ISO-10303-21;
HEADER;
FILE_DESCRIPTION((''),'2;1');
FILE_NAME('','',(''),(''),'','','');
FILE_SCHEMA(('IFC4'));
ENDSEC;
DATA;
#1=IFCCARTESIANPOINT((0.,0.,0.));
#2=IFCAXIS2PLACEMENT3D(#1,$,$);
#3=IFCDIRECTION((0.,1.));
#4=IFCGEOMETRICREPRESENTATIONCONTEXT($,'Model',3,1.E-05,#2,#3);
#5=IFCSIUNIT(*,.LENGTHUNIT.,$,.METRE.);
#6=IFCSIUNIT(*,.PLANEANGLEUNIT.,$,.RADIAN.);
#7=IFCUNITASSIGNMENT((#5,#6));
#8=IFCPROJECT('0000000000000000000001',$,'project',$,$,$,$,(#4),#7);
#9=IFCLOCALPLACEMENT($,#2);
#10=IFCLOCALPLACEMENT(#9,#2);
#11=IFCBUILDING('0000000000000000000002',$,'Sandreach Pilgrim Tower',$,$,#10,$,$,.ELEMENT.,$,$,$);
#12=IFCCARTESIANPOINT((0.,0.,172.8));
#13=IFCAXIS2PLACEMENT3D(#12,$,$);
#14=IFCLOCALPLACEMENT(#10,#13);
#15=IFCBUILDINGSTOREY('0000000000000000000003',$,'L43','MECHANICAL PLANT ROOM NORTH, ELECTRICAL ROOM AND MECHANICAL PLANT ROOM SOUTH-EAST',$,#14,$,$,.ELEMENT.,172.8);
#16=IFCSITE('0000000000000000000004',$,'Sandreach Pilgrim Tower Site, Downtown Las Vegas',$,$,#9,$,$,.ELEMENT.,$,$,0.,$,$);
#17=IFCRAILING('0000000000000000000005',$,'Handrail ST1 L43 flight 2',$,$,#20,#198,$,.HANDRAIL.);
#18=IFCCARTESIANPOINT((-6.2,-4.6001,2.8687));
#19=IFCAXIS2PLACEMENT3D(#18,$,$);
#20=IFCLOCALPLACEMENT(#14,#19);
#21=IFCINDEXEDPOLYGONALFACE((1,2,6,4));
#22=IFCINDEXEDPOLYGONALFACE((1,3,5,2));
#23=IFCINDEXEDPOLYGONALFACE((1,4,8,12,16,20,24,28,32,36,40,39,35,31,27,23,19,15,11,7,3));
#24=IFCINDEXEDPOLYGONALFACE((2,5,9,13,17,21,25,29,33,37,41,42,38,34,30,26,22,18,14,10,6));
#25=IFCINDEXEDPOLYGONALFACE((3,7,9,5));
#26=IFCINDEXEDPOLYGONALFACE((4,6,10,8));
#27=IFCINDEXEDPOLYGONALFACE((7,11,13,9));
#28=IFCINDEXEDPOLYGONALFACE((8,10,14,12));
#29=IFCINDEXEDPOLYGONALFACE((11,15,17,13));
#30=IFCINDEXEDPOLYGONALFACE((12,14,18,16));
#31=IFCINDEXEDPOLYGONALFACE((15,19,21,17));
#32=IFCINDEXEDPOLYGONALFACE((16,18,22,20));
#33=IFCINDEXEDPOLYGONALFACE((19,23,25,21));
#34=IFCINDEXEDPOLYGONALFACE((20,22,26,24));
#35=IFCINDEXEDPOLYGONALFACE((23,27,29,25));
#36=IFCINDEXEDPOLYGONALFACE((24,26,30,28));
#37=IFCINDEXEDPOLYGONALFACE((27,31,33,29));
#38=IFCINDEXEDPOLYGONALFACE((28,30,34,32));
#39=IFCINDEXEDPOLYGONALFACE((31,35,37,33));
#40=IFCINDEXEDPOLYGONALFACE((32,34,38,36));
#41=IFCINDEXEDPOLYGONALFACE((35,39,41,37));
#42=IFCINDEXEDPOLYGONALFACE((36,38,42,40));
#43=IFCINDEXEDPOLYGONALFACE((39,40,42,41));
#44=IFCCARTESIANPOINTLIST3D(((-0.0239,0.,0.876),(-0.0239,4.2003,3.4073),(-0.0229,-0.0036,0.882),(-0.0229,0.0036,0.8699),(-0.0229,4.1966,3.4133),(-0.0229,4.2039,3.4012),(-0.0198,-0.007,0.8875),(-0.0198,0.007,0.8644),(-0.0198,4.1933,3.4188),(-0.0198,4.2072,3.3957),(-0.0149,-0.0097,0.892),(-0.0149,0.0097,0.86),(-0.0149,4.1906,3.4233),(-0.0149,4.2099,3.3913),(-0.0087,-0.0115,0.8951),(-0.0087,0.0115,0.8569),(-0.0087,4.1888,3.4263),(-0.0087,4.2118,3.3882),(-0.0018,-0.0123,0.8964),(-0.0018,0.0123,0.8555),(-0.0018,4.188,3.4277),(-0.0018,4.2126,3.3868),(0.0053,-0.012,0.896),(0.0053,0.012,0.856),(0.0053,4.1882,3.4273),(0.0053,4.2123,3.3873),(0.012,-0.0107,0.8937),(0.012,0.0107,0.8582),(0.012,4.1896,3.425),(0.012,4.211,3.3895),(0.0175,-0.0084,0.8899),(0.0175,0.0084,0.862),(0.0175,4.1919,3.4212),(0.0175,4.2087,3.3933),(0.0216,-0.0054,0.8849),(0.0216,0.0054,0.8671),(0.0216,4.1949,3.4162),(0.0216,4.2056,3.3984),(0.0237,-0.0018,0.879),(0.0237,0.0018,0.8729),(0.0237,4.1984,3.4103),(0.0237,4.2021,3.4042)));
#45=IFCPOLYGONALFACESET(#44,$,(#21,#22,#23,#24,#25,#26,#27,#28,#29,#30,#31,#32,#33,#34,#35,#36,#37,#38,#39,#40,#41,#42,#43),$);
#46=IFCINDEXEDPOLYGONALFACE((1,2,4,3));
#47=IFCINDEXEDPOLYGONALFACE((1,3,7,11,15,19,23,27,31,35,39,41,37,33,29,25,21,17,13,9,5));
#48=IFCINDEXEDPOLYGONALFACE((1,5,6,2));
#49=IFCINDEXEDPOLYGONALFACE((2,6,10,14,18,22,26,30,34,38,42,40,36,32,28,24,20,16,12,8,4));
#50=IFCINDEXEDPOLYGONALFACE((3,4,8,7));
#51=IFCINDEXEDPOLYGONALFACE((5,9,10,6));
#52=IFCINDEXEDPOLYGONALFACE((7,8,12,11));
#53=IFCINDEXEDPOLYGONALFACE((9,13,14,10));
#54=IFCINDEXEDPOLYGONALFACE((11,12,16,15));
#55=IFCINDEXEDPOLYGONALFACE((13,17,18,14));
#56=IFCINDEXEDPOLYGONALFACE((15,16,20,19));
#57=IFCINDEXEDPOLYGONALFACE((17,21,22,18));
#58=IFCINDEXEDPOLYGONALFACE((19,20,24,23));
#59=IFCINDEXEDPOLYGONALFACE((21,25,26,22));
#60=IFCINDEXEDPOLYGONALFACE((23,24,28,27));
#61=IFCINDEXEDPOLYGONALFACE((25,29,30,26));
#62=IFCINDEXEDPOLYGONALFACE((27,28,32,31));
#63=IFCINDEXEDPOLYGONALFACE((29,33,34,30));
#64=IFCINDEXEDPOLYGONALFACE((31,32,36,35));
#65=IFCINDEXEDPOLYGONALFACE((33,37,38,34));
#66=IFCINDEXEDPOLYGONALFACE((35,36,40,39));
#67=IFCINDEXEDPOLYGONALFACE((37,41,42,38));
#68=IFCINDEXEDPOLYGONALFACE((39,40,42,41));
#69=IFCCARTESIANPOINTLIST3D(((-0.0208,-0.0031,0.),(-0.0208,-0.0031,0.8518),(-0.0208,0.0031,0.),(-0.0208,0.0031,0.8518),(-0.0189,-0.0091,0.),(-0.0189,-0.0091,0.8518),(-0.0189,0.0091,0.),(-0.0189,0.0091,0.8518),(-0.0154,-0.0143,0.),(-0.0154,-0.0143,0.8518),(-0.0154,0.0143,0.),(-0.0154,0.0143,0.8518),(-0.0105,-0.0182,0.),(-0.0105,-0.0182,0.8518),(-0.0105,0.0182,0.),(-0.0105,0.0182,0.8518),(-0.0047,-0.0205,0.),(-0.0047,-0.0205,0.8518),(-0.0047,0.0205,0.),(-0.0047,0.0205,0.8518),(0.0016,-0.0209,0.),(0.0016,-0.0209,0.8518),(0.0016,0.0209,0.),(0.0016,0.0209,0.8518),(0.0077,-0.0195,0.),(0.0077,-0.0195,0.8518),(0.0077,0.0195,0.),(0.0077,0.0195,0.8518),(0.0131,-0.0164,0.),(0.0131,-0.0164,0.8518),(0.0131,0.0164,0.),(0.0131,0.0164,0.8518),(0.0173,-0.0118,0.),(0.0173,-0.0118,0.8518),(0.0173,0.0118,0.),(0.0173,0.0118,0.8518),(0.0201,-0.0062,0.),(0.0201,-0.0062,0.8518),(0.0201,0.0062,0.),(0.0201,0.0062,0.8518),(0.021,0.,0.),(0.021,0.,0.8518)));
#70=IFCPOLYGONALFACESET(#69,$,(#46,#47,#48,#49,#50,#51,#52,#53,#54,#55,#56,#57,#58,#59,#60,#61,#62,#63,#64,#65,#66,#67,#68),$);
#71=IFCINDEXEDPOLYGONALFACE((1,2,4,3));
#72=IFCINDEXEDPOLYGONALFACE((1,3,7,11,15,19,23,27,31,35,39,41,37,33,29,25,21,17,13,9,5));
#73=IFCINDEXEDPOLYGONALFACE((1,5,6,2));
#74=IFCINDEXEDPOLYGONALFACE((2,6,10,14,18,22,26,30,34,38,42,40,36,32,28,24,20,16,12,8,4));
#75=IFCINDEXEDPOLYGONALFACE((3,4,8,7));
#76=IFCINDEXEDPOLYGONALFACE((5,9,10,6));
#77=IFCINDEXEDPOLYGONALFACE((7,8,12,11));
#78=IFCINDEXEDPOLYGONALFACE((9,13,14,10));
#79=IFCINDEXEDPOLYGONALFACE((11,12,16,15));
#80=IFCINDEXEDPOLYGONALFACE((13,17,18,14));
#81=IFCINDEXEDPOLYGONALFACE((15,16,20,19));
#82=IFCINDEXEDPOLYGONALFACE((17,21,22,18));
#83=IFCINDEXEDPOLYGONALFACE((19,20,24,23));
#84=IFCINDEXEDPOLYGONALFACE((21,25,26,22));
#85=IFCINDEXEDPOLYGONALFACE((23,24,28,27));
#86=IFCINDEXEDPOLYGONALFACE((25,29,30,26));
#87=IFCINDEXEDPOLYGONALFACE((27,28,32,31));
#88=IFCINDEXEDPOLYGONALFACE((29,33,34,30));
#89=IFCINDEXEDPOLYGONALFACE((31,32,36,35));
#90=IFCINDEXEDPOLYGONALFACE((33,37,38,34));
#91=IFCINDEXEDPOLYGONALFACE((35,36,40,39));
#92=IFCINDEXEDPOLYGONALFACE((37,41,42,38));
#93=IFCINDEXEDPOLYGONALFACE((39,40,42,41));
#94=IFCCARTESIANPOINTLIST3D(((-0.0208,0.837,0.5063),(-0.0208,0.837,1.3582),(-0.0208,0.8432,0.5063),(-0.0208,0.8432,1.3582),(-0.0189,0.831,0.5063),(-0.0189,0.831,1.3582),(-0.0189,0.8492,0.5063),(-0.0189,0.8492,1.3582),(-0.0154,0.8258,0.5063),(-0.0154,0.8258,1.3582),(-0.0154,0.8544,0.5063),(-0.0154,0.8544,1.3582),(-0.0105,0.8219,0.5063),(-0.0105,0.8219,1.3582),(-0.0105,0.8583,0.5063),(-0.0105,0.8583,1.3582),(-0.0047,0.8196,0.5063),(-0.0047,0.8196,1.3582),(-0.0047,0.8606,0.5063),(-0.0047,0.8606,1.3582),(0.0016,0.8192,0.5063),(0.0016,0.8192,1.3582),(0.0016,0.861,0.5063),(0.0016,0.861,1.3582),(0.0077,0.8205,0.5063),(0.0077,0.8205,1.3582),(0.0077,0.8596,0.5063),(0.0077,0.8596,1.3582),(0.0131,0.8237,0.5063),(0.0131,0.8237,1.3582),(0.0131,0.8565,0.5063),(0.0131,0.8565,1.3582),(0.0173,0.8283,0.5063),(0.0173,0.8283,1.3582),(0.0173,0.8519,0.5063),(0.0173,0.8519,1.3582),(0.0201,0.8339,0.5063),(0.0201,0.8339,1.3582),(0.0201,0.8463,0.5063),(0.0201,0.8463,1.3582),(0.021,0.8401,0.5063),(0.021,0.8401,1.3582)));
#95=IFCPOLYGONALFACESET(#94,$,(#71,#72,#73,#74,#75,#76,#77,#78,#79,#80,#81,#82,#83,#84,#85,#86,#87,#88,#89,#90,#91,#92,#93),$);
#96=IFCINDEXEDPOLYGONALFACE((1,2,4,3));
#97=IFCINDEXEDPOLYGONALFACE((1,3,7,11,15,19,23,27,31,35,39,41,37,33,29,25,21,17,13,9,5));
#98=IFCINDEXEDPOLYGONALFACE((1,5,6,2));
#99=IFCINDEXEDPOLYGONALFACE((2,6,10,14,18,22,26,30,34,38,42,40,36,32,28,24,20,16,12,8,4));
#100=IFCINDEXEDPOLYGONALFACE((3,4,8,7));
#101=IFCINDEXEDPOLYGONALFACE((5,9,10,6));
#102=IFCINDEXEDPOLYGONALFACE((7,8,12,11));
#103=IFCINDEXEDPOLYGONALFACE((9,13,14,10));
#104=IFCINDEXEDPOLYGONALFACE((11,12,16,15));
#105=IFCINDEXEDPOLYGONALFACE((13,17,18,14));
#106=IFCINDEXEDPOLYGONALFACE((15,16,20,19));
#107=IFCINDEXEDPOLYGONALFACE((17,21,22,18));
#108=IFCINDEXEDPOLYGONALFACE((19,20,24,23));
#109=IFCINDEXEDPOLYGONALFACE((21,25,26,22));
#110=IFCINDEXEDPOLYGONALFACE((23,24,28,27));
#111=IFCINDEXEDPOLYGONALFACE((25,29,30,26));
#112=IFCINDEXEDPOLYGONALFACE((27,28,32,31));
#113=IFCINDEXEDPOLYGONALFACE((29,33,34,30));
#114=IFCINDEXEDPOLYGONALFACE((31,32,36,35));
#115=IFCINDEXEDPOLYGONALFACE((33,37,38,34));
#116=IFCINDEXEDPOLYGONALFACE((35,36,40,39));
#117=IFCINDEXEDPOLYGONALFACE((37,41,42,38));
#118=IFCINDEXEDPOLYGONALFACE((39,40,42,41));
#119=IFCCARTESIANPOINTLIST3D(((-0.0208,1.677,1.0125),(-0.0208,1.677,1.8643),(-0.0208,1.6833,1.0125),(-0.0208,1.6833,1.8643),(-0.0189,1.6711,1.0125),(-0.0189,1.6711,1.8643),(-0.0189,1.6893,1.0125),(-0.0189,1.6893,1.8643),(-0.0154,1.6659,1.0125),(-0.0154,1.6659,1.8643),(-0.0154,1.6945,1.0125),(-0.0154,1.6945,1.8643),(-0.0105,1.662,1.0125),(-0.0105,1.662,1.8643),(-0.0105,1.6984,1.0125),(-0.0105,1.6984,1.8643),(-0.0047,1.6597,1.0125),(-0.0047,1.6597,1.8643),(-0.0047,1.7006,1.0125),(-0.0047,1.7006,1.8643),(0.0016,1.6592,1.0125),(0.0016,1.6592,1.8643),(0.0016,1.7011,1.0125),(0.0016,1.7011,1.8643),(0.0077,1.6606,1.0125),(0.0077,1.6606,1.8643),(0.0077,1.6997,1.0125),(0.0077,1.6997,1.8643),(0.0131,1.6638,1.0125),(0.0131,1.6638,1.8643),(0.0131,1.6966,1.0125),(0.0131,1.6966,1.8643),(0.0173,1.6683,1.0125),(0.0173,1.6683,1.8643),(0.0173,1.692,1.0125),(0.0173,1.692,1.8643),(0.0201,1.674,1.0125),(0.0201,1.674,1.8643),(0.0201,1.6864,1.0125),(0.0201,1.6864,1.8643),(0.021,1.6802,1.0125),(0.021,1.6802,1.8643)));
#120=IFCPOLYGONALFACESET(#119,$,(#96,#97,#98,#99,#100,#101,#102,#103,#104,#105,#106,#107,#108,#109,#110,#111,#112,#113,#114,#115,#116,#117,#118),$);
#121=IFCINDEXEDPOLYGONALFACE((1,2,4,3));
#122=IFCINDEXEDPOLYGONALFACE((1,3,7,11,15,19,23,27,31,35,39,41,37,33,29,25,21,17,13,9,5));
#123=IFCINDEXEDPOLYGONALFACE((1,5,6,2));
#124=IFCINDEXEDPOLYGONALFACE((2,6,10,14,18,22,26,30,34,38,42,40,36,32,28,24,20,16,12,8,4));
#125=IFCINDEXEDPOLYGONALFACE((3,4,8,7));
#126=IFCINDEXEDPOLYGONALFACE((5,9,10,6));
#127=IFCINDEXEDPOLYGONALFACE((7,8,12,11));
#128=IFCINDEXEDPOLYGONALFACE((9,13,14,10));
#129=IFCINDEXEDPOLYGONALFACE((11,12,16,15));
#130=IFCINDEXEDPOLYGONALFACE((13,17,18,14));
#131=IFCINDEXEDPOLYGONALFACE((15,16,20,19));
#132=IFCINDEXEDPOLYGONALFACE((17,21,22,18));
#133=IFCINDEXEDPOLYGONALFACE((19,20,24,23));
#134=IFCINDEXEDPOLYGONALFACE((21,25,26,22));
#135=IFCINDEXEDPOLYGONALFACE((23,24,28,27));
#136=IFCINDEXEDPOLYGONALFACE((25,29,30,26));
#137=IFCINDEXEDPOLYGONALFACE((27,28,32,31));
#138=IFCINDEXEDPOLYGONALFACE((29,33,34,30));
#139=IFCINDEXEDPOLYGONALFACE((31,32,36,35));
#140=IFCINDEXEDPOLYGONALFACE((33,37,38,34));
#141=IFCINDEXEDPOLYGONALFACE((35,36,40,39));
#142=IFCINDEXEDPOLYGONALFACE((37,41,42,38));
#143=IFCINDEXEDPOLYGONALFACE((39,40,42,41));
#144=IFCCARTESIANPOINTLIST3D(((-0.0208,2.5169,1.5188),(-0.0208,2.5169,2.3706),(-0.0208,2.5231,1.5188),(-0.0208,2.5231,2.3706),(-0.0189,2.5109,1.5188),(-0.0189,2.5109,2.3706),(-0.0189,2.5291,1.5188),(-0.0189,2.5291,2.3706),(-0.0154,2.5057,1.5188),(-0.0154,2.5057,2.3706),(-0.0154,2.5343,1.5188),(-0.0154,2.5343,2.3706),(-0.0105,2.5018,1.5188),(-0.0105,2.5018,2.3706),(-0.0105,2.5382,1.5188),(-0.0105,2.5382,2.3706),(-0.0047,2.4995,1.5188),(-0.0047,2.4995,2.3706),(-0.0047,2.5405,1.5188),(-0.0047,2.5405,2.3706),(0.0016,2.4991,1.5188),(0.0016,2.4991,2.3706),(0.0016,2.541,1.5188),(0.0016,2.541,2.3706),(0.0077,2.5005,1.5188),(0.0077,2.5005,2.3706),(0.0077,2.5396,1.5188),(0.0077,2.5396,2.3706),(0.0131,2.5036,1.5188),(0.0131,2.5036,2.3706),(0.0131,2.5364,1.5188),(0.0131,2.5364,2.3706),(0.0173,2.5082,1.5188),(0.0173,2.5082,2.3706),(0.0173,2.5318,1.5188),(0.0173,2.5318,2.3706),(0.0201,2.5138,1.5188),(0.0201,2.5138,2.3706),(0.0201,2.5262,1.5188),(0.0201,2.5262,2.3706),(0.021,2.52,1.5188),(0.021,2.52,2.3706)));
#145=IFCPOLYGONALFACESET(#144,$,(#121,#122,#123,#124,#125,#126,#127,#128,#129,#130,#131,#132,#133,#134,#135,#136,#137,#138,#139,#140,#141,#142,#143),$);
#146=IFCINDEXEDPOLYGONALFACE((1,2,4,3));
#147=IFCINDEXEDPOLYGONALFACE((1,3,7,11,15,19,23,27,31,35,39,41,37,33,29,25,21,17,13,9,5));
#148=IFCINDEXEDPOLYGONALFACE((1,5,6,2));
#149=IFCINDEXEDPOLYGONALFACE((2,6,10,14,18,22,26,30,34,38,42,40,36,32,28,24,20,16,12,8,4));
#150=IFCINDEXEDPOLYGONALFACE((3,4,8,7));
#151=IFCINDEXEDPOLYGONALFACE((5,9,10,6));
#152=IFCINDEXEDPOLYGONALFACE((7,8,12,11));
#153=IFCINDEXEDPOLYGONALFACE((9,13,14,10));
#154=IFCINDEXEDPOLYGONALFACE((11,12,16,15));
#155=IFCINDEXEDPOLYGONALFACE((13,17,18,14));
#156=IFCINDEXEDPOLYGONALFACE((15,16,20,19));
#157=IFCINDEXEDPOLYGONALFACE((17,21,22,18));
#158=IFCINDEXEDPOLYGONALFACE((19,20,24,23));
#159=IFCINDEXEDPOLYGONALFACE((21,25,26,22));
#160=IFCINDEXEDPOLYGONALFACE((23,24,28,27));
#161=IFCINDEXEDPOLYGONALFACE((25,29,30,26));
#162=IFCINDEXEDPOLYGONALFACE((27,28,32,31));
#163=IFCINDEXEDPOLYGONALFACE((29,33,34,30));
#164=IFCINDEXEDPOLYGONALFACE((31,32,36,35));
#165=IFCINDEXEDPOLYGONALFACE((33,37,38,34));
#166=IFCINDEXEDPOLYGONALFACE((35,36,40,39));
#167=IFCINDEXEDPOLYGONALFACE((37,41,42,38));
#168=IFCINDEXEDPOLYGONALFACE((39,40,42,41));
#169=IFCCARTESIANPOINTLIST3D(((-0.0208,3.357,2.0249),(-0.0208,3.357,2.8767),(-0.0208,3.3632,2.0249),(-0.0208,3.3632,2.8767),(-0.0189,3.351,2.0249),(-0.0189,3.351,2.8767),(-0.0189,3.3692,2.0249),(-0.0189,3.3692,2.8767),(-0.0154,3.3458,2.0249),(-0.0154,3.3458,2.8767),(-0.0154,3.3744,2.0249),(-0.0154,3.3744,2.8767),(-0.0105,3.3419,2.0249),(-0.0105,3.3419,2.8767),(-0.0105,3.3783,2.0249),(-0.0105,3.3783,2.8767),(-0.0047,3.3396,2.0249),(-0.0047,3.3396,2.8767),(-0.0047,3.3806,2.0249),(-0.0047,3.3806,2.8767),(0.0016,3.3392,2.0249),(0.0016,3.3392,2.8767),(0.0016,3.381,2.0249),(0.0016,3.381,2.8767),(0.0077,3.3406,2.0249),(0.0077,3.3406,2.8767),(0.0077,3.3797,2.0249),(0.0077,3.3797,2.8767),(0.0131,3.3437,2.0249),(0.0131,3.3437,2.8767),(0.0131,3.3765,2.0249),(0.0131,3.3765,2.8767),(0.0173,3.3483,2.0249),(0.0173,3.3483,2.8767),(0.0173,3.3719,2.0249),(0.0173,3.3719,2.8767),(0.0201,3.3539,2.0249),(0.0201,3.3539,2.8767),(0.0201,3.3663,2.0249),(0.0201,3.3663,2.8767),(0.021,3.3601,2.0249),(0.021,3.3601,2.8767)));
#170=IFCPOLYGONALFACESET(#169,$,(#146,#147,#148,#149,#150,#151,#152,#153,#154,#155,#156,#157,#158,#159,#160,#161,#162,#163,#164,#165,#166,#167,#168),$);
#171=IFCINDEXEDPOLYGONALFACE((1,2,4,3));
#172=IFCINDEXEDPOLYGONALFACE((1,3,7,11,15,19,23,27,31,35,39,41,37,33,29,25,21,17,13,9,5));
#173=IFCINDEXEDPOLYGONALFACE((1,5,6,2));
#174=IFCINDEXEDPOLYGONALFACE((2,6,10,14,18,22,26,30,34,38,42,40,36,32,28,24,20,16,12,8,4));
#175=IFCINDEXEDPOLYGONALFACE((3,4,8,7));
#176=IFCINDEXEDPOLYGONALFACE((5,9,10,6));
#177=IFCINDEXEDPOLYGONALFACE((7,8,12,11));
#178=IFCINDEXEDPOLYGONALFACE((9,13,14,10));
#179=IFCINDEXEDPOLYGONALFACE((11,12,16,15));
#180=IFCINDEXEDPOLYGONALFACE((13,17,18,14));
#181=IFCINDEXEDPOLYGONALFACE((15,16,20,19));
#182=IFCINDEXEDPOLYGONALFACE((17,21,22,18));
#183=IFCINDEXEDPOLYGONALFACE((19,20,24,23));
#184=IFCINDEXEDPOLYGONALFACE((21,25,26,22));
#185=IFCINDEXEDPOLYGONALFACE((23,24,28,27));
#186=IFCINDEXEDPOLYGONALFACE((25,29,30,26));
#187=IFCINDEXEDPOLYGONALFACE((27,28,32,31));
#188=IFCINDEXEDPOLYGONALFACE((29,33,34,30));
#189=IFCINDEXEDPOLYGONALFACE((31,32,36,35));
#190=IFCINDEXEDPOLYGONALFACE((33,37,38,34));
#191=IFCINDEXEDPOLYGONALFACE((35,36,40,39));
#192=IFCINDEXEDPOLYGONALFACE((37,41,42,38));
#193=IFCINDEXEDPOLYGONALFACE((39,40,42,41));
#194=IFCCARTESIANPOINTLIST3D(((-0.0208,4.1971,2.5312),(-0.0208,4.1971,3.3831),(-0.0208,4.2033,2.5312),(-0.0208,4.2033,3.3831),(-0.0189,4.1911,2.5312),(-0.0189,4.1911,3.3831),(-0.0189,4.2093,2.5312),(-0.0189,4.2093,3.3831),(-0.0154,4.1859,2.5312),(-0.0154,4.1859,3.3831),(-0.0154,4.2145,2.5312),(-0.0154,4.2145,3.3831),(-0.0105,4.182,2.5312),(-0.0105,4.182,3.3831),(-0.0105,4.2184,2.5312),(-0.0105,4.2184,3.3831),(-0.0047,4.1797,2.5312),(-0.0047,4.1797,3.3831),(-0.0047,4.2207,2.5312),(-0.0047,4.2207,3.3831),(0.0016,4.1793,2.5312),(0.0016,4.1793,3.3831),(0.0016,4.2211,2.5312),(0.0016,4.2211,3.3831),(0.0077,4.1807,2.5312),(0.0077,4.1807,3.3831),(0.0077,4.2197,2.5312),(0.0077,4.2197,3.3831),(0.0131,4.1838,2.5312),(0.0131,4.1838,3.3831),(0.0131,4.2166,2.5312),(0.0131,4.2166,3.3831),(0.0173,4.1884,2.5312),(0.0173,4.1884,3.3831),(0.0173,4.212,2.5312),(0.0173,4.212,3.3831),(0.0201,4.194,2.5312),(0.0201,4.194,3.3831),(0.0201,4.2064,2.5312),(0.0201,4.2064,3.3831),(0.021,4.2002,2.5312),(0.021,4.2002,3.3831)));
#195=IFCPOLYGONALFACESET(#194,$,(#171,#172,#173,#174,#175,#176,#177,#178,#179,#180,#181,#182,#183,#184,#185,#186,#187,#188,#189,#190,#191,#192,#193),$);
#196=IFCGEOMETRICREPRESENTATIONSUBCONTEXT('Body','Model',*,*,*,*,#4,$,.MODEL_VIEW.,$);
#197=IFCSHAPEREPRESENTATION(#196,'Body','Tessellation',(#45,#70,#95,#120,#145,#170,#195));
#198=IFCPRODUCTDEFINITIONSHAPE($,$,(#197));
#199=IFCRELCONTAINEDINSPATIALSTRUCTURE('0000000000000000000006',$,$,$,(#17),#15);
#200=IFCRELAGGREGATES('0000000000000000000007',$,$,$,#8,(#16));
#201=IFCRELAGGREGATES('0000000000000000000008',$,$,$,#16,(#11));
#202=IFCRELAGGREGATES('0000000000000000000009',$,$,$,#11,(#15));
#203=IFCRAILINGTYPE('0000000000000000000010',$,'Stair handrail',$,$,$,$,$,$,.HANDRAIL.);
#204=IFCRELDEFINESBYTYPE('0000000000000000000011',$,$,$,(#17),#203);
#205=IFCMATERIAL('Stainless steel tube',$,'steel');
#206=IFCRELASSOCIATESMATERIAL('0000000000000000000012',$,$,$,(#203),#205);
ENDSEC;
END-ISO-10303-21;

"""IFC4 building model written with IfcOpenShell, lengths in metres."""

from ifc_helpers import new_model, si_unit, direction, frame, origin, origin_2d, place, context, subcontext, project, spatial, circle, extrude, material, type_object, element, save


model = new_model("IFC4")

# Units and contexts
model_context = context("Model", 3, precision=1e-05, world=origin(), true_north=direction((0.0, 1.0)))
body_context = subcontext(model_context, "Body", "Model", "MODEL_VIEW")
ifc_project = project(units=[si_unit("LENGTHUNIT", "METRE"), si_unit("PLANEANGLEUNIT", "RADIAN")], contexts=[model_context])

# Site, building, storey
site_placement = place(None, origin())
site = spatial("IfcSite", under=ifc_project, at=site_placement, Name="Sandreach Pilgrim Tower Site, Downtown Las Vegas", CompositionType="ELEMENT", RefElevation=0.0)
building_placement = place(site_placement, origin())
building = spatial("IfcBuilding", under=site, at=building_placement, Name="Sandreach Pilgrim Tower", CompositionType="ELEMENT")
storey_placement = place(building_placement, frame((0.0, 0.0, 172.8)))
storey = spatial("IfcBuildingStorey", under=building, at=storey_placement, Name="L43", Description="MECHANICAL PLANT ROOM NORTH, ELECTRICAL ROOM AND MECHANICAL PLANT ROOM SOUTH-EAST", CompositionType="ELEMENT", Elevation=172.8)

# Railing
ifc_material_1 = material(Name="Stainless steel tube", Category="steel")
railing_type = type_object("IfcRailingType", Name="Stair handrail", PredefinedType="HANDRAIL", material=ifc_material_1)
for number, where, name in (
    (1, (-6.2, -4.6001, 2.8687), "Handrail ST1 L43 flight 2"),
):
    element("IfcRailing", number, at=place(storey_placement, frame(where)), inside=storey, type_object=railing_type, Name=name, PredefinedType="HANDRAIL", context=body_context, shape_type="SweptSolid", body=[
        extrude(circle(Radius=0.0239, at=origin_2d()), frame((0.0, 0.0, 0.876), z_axis=(0.0, 0.85649, 0.516164), x_axis=(-1.0, 0.0, 0.0)), (0.0, 0.0, 1.0), 4.9041),
        extrude(circle(Radius=0.021, at=origin_2d()), origin(), (0.0, 0.0, 1.0), 0.8518),
        extrude(circle(Radius=0.021, at=origin_2d()), frame((0.0, 0.8401, 0.5063)), (0.0, 0.0, 1.0), 0.8518),
        extrude(circle(Radius=0.021, at=origin_2d()), frame((0.0, 1.6802, 1.0125)), (0.0, 0.0, 1.0), 0.8518),
        extrude(circle(Radius=0.021, at=origin_2d()), frame((0.0, 2.52, 1.5188)), (0.0, 0.0, 1.0), 0.8518),
        extrude(circle(Radius=0.021, at=origin_2d()), frame((0.0, 3.3601, 2.0249)), (0.0, 0.0, 1.0), 0.8518),
        extrude(circle(Radius=0.021, at=origin_2d()), frame((0.0, 4.2002, 2.5312)), (0.0, 0.0, 1.0), 0.8518),
    ])

save(model, "model.ifc")
